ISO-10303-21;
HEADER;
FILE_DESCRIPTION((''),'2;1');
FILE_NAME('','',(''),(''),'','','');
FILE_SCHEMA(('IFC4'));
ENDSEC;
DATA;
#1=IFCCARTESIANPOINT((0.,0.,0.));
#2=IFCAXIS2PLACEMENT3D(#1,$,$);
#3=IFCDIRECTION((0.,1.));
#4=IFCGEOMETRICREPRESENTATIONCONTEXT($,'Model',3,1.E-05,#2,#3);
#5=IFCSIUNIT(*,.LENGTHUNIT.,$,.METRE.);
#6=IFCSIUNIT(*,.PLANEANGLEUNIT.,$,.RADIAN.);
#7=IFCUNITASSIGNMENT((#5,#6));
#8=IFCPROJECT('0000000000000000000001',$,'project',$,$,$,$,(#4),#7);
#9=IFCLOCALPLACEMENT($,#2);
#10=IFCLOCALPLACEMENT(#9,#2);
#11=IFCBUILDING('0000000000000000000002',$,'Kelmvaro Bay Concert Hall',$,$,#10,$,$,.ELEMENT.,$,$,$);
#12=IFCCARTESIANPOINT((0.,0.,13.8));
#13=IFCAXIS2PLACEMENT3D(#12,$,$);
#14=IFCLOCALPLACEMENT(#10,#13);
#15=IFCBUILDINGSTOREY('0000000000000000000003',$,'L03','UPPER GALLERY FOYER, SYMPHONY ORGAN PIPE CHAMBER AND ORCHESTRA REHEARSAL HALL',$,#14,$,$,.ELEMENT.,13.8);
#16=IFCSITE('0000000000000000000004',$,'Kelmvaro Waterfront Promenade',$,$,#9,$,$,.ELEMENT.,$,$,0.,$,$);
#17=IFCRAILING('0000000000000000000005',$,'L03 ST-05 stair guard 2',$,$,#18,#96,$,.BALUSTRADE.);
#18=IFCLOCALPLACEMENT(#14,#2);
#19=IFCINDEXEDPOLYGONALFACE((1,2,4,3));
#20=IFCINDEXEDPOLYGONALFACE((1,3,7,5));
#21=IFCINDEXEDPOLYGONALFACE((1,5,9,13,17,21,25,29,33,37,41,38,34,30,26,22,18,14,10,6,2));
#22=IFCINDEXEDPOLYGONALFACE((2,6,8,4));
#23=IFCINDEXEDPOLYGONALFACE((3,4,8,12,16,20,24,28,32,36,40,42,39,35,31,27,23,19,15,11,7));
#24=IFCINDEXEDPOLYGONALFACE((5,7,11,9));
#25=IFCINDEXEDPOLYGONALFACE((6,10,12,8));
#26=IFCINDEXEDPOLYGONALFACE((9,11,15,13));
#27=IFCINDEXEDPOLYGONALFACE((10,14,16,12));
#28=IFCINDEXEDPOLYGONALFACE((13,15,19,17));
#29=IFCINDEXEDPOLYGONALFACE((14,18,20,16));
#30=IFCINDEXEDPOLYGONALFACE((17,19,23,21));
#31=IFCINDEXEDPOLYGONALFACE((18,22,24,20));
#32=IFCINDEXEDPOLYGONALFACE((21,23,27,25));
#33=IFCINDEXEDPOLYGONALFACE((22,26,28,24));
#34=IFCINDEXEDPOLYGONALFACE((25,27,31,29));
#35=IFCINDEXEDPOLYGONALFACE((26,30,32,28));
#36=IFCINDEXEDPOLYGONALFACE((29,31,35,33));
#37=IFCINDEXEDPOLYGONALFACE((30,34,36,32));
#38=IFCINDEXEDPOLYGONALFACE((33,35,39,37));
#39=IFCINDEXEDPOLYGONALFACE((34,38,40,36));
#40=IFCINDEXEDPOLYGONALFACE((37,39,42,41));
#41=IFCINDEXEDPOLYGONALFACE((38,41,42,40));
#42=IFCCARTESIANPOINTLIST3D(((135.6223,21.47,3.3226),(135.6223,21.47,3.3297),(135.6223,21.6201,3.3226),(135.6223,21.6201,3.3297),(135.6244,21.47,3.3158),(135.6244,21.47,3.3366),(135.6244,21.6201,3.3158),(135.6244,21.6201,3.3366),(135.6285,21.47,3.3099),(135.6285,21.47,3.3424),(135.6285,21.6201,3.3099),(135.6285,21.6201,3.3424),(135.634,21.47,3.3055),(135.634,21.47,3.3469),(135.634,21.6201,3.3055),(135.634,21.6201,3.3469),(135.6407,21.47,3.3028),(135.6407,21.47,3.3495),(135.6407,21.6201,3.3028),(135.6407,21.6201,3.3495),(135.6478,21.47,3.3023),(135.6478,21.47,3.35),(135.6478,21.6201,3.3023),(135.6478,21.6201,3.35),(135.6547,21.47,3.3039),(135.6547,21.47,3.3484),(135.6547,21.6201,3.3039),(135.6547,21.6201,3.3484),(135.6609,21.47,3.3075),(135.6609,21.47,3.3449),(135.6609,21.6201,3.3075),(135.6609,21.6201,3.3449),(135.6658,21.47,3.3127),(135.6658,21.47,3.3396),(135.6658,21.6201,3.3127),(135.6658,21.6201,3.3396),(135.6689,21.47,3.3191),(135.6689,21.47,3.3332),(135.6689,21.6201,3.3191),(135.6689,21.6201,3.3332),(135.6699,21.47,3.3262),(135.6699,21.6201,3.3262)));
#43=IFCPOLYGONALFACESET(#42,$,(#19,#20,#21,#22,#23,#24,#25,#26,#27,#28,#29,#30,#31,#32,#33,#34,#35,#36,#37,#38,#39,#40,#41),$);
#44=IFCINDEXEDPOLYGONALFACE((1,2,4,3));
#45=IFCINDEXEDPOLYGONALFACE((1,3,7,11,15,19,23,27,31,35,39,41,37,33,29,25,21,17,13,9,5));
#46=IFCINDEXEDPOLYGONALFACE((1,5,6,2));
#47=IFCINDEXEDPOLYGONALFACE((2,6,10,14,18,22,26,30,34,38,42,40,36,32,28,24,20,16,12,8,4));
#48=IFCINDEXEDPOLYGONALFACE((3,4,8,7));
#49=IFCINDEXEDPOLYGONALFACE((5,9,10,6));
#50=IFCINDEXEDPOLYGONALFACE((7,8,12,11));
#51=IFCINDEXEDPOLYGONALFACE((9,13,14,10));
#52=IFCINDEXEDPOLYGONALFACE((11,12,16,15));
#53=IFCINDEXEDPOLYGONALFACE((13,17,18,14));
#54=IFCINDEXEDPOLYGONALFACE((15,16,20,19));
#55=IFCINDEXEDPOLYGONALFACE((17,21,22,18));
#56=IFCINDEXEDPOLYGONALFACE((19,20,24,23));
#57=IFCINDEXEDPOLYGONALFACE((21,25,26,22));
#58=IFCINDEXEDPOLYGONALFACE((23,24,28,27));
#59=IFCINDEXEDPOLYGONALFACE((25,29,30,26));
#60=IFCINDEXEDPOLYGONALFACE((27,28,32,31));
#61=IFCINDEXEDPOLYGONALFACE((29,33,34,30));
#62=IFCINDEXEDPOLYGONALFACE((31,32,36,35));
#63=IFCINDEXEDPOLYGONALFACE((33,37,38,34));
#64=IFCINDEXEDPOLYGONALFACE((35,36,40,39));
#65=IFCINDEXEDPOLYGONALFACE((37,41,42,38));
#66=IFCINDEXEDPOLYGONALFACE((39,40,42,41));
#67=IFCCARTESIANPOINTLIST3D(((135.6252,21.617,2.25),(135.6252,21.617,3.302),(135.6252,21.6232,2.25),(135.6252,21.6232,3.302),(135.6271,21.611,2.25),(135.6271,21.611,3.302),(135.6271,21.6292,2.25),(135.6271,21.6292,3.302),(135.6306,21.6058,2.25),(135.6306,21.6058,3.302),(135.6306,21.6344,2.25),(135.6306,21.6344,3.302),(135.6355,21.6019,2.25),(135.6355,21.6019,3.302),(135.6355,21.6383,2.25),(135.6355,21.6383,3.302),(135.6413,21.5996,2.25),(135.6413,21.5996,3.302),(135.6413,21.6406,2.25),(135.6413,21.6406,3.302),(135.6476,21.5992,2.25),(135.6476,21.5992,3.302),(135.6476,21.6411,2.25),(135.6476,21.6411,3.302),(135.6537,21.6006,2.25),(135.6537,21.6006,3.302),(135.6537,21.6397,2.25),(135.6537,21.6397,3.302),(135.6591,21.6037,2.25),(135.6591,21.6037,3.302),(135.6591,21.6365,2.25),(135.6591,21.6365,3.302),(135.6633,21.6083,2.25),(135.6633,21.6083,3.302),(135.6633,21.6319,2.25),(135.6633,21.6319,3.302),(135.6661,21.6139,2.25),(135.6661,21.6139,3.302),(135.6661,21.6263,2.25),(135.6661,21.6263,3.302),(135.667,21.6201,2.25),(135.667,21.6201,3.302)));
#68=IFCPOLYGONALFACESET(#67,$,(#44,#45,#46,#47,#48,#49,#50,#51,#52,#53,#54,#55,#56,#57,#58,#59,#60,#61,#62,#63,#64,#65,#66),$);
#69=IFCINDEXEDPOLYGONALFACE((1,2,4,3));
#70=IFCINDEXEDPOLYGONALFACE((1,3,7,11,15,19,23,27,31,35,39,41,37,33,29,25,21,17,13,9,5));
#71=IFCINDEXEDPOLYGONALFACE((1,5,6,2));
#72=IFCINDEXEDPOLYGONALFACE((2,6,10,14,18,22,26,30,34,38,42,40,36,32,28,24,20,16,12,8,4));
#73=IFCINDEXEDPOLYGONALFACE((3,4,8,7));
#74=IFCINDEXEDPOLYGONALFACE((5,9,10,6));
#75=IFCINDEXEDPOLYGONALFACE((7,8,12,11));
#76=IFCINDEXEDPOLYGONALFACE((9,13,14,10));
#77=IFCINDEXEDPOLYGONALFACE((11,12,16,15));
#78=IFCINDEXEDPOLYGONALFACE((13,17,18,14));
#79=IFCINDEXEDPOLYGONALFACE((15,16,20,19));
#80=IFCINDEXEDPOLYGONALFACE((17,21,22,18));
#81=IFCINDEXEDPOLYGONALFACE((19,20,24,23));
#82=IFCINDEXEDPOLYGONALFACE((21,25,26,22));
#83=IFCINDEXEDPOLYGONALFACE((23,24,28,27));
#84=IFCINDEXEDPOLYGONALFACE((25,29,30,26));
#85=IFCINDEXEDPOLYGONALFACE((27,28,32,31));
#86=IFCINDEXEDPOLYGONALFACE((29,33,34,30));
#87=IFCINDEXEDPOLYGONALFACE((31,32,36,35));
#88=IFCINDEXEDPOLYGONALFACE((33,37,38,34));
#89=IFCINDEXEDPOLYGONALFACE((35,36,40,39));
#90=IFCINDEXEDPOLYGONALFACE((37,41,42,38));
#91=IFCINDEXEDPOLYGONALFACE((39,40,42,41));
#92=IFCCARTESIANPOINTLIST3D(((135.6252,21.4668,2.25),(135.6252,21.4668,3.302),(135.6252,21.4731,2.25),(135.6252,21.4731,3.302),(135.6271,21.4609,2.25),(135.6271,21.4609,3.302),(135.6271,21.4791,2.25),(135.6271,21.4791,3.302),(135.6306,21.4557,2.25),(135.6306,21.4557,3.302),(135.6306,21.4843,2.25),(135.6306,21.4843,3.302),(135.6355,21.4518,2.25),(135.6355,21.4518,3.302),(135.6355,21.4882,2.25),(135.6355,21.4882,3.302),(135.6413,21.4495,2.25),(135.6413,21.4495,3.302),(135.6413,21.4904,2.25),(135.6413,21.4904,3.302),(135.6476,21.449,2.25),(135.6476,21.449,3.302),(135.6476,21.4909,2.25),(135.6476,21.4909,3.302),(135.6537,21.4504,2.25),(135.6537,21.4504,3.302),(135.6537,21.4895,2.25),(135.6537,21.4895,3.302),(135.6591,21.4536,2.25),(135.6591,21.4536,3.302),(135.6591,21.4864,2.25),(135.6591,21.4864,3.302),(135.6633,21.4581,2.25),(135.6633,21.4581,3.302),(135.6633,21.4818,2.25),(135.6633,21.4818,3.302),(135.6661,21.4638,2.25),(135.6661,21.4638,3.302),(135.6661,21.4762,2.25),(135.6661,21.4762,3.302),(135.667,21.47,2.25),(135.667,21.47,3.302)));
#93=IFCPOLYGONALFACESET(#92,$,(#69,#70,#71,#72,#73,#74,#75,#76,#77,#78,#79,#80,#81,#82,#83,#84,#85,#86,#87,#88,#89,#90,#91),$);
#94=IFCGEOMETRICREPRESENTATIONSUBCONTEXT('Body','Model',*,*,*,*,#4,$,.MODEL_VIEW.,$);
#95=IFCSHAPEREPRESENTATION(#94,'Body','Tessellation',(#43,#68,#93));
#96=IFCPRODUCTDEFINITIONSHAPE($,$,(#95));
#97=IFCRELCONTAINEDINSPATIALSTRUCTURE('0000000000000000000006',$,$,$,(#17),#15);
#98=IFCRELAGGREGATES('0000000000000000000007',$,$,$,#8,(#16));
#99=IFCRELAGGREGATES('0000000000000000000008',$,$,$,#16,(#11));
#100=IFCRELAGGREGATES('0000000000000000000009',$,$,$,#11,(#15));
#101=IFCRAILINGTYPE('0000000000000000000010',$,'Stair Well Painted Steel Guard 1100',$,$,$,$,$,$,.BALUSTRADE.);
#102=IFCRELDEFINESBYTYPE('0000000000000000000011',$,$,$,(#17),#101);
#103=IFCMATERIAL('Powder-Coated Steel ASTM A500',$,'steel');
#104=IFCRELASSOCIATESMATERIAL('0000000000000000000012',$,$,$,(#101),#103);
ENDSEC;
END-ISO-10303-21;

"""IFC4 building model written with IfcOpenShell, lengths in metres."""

from ifc_helpers import new_model, si_unit, direction, frame, origin, origin_2d, place, context, subcontext, project, spatial, circle, extrude, material, type_object, element, save


model = new_model("IFC4")

# Units and contexts
model_context = context("Model", 3, precision=1e-05, world=origin(), true_north=direction((0.0, 1.0)))
body_context = subcontext(model_context, "Body", "Model", "MODEL_VIEW")
ifc_project = project(units=[si_unit("LENGTHUNIT", "METRE"), si_unit("PLANEANGLEUNIT", "RADIAN")], contexts=[model_context])

# Site, building, storey
site_placement = place(None, origin())
site = spatial("IfcSite", under=ifc_project, at=site_placement, Name="Kelmvaro Waterfront Promenade", CompositionType="ELEMENT", RefElevation=0.0)
building_placement = place(site_placement, origin())
building = spatial("IfcBuilding", under=site, at=building_placement, Name="Kelmvaro Bay Concert Hall", CompositionType="ELEMENT")
storey_placement = place(building_placement, frame((0.0, 0.0, 13.8)))
storey = spatial("IfcBuildingStorey", under=building, at=storey_placement, Name="L03", Description="UPPER GALLERY FOYER, SYMPHONY ORGAN PIPE CHAMBER AND ORCHESTRA REHEARSAL HALL", CompositionType="ELEMENT", Elevation=13.8)

# Railing
ifc_material_1 = material(Name="Powder-Coated Steel ASTM A500", Category="steel")
railing_type_1 = type_object("IfcRailingType", Name="Stair Well Painted Steel Guard 1100", PredefinedType="BALUSTRADE", material=ifc_material_1)
railing_1_placement = place(storey_placement, frame((135.646, 21.6201, 2.25)))
element("IfcRailing", 1, at=railing_1_placement, inside=storey, type_object=railing_type_1, Name="L03 ST-05 stair guard 2", PredefinedType="BALUSTRADE", context=body_context, shape_type="SweptSolid", body=[
    extrude(circle(Radius=0.0239, at=origin_2d()), frame((0.0, 0.0, 1.0762), z_axis=(0.0, -1.0, 0.0), x_axis=(1.0, 0.0, 0.0)), (0.0, 0.0, 1.0), 0.1501),
    extrude(circle(Radius=0.021, at=origin_2d()), origin(), (0.0, 0.0, 1.0), 1.052),
    extrude(circle(Radius=0.021, at=origin_2d()), frame((0.0, -0.1501, 0.0)), (0.0, 0.0, 1.0), 1.052),
])

save(model, "model.ifc")
